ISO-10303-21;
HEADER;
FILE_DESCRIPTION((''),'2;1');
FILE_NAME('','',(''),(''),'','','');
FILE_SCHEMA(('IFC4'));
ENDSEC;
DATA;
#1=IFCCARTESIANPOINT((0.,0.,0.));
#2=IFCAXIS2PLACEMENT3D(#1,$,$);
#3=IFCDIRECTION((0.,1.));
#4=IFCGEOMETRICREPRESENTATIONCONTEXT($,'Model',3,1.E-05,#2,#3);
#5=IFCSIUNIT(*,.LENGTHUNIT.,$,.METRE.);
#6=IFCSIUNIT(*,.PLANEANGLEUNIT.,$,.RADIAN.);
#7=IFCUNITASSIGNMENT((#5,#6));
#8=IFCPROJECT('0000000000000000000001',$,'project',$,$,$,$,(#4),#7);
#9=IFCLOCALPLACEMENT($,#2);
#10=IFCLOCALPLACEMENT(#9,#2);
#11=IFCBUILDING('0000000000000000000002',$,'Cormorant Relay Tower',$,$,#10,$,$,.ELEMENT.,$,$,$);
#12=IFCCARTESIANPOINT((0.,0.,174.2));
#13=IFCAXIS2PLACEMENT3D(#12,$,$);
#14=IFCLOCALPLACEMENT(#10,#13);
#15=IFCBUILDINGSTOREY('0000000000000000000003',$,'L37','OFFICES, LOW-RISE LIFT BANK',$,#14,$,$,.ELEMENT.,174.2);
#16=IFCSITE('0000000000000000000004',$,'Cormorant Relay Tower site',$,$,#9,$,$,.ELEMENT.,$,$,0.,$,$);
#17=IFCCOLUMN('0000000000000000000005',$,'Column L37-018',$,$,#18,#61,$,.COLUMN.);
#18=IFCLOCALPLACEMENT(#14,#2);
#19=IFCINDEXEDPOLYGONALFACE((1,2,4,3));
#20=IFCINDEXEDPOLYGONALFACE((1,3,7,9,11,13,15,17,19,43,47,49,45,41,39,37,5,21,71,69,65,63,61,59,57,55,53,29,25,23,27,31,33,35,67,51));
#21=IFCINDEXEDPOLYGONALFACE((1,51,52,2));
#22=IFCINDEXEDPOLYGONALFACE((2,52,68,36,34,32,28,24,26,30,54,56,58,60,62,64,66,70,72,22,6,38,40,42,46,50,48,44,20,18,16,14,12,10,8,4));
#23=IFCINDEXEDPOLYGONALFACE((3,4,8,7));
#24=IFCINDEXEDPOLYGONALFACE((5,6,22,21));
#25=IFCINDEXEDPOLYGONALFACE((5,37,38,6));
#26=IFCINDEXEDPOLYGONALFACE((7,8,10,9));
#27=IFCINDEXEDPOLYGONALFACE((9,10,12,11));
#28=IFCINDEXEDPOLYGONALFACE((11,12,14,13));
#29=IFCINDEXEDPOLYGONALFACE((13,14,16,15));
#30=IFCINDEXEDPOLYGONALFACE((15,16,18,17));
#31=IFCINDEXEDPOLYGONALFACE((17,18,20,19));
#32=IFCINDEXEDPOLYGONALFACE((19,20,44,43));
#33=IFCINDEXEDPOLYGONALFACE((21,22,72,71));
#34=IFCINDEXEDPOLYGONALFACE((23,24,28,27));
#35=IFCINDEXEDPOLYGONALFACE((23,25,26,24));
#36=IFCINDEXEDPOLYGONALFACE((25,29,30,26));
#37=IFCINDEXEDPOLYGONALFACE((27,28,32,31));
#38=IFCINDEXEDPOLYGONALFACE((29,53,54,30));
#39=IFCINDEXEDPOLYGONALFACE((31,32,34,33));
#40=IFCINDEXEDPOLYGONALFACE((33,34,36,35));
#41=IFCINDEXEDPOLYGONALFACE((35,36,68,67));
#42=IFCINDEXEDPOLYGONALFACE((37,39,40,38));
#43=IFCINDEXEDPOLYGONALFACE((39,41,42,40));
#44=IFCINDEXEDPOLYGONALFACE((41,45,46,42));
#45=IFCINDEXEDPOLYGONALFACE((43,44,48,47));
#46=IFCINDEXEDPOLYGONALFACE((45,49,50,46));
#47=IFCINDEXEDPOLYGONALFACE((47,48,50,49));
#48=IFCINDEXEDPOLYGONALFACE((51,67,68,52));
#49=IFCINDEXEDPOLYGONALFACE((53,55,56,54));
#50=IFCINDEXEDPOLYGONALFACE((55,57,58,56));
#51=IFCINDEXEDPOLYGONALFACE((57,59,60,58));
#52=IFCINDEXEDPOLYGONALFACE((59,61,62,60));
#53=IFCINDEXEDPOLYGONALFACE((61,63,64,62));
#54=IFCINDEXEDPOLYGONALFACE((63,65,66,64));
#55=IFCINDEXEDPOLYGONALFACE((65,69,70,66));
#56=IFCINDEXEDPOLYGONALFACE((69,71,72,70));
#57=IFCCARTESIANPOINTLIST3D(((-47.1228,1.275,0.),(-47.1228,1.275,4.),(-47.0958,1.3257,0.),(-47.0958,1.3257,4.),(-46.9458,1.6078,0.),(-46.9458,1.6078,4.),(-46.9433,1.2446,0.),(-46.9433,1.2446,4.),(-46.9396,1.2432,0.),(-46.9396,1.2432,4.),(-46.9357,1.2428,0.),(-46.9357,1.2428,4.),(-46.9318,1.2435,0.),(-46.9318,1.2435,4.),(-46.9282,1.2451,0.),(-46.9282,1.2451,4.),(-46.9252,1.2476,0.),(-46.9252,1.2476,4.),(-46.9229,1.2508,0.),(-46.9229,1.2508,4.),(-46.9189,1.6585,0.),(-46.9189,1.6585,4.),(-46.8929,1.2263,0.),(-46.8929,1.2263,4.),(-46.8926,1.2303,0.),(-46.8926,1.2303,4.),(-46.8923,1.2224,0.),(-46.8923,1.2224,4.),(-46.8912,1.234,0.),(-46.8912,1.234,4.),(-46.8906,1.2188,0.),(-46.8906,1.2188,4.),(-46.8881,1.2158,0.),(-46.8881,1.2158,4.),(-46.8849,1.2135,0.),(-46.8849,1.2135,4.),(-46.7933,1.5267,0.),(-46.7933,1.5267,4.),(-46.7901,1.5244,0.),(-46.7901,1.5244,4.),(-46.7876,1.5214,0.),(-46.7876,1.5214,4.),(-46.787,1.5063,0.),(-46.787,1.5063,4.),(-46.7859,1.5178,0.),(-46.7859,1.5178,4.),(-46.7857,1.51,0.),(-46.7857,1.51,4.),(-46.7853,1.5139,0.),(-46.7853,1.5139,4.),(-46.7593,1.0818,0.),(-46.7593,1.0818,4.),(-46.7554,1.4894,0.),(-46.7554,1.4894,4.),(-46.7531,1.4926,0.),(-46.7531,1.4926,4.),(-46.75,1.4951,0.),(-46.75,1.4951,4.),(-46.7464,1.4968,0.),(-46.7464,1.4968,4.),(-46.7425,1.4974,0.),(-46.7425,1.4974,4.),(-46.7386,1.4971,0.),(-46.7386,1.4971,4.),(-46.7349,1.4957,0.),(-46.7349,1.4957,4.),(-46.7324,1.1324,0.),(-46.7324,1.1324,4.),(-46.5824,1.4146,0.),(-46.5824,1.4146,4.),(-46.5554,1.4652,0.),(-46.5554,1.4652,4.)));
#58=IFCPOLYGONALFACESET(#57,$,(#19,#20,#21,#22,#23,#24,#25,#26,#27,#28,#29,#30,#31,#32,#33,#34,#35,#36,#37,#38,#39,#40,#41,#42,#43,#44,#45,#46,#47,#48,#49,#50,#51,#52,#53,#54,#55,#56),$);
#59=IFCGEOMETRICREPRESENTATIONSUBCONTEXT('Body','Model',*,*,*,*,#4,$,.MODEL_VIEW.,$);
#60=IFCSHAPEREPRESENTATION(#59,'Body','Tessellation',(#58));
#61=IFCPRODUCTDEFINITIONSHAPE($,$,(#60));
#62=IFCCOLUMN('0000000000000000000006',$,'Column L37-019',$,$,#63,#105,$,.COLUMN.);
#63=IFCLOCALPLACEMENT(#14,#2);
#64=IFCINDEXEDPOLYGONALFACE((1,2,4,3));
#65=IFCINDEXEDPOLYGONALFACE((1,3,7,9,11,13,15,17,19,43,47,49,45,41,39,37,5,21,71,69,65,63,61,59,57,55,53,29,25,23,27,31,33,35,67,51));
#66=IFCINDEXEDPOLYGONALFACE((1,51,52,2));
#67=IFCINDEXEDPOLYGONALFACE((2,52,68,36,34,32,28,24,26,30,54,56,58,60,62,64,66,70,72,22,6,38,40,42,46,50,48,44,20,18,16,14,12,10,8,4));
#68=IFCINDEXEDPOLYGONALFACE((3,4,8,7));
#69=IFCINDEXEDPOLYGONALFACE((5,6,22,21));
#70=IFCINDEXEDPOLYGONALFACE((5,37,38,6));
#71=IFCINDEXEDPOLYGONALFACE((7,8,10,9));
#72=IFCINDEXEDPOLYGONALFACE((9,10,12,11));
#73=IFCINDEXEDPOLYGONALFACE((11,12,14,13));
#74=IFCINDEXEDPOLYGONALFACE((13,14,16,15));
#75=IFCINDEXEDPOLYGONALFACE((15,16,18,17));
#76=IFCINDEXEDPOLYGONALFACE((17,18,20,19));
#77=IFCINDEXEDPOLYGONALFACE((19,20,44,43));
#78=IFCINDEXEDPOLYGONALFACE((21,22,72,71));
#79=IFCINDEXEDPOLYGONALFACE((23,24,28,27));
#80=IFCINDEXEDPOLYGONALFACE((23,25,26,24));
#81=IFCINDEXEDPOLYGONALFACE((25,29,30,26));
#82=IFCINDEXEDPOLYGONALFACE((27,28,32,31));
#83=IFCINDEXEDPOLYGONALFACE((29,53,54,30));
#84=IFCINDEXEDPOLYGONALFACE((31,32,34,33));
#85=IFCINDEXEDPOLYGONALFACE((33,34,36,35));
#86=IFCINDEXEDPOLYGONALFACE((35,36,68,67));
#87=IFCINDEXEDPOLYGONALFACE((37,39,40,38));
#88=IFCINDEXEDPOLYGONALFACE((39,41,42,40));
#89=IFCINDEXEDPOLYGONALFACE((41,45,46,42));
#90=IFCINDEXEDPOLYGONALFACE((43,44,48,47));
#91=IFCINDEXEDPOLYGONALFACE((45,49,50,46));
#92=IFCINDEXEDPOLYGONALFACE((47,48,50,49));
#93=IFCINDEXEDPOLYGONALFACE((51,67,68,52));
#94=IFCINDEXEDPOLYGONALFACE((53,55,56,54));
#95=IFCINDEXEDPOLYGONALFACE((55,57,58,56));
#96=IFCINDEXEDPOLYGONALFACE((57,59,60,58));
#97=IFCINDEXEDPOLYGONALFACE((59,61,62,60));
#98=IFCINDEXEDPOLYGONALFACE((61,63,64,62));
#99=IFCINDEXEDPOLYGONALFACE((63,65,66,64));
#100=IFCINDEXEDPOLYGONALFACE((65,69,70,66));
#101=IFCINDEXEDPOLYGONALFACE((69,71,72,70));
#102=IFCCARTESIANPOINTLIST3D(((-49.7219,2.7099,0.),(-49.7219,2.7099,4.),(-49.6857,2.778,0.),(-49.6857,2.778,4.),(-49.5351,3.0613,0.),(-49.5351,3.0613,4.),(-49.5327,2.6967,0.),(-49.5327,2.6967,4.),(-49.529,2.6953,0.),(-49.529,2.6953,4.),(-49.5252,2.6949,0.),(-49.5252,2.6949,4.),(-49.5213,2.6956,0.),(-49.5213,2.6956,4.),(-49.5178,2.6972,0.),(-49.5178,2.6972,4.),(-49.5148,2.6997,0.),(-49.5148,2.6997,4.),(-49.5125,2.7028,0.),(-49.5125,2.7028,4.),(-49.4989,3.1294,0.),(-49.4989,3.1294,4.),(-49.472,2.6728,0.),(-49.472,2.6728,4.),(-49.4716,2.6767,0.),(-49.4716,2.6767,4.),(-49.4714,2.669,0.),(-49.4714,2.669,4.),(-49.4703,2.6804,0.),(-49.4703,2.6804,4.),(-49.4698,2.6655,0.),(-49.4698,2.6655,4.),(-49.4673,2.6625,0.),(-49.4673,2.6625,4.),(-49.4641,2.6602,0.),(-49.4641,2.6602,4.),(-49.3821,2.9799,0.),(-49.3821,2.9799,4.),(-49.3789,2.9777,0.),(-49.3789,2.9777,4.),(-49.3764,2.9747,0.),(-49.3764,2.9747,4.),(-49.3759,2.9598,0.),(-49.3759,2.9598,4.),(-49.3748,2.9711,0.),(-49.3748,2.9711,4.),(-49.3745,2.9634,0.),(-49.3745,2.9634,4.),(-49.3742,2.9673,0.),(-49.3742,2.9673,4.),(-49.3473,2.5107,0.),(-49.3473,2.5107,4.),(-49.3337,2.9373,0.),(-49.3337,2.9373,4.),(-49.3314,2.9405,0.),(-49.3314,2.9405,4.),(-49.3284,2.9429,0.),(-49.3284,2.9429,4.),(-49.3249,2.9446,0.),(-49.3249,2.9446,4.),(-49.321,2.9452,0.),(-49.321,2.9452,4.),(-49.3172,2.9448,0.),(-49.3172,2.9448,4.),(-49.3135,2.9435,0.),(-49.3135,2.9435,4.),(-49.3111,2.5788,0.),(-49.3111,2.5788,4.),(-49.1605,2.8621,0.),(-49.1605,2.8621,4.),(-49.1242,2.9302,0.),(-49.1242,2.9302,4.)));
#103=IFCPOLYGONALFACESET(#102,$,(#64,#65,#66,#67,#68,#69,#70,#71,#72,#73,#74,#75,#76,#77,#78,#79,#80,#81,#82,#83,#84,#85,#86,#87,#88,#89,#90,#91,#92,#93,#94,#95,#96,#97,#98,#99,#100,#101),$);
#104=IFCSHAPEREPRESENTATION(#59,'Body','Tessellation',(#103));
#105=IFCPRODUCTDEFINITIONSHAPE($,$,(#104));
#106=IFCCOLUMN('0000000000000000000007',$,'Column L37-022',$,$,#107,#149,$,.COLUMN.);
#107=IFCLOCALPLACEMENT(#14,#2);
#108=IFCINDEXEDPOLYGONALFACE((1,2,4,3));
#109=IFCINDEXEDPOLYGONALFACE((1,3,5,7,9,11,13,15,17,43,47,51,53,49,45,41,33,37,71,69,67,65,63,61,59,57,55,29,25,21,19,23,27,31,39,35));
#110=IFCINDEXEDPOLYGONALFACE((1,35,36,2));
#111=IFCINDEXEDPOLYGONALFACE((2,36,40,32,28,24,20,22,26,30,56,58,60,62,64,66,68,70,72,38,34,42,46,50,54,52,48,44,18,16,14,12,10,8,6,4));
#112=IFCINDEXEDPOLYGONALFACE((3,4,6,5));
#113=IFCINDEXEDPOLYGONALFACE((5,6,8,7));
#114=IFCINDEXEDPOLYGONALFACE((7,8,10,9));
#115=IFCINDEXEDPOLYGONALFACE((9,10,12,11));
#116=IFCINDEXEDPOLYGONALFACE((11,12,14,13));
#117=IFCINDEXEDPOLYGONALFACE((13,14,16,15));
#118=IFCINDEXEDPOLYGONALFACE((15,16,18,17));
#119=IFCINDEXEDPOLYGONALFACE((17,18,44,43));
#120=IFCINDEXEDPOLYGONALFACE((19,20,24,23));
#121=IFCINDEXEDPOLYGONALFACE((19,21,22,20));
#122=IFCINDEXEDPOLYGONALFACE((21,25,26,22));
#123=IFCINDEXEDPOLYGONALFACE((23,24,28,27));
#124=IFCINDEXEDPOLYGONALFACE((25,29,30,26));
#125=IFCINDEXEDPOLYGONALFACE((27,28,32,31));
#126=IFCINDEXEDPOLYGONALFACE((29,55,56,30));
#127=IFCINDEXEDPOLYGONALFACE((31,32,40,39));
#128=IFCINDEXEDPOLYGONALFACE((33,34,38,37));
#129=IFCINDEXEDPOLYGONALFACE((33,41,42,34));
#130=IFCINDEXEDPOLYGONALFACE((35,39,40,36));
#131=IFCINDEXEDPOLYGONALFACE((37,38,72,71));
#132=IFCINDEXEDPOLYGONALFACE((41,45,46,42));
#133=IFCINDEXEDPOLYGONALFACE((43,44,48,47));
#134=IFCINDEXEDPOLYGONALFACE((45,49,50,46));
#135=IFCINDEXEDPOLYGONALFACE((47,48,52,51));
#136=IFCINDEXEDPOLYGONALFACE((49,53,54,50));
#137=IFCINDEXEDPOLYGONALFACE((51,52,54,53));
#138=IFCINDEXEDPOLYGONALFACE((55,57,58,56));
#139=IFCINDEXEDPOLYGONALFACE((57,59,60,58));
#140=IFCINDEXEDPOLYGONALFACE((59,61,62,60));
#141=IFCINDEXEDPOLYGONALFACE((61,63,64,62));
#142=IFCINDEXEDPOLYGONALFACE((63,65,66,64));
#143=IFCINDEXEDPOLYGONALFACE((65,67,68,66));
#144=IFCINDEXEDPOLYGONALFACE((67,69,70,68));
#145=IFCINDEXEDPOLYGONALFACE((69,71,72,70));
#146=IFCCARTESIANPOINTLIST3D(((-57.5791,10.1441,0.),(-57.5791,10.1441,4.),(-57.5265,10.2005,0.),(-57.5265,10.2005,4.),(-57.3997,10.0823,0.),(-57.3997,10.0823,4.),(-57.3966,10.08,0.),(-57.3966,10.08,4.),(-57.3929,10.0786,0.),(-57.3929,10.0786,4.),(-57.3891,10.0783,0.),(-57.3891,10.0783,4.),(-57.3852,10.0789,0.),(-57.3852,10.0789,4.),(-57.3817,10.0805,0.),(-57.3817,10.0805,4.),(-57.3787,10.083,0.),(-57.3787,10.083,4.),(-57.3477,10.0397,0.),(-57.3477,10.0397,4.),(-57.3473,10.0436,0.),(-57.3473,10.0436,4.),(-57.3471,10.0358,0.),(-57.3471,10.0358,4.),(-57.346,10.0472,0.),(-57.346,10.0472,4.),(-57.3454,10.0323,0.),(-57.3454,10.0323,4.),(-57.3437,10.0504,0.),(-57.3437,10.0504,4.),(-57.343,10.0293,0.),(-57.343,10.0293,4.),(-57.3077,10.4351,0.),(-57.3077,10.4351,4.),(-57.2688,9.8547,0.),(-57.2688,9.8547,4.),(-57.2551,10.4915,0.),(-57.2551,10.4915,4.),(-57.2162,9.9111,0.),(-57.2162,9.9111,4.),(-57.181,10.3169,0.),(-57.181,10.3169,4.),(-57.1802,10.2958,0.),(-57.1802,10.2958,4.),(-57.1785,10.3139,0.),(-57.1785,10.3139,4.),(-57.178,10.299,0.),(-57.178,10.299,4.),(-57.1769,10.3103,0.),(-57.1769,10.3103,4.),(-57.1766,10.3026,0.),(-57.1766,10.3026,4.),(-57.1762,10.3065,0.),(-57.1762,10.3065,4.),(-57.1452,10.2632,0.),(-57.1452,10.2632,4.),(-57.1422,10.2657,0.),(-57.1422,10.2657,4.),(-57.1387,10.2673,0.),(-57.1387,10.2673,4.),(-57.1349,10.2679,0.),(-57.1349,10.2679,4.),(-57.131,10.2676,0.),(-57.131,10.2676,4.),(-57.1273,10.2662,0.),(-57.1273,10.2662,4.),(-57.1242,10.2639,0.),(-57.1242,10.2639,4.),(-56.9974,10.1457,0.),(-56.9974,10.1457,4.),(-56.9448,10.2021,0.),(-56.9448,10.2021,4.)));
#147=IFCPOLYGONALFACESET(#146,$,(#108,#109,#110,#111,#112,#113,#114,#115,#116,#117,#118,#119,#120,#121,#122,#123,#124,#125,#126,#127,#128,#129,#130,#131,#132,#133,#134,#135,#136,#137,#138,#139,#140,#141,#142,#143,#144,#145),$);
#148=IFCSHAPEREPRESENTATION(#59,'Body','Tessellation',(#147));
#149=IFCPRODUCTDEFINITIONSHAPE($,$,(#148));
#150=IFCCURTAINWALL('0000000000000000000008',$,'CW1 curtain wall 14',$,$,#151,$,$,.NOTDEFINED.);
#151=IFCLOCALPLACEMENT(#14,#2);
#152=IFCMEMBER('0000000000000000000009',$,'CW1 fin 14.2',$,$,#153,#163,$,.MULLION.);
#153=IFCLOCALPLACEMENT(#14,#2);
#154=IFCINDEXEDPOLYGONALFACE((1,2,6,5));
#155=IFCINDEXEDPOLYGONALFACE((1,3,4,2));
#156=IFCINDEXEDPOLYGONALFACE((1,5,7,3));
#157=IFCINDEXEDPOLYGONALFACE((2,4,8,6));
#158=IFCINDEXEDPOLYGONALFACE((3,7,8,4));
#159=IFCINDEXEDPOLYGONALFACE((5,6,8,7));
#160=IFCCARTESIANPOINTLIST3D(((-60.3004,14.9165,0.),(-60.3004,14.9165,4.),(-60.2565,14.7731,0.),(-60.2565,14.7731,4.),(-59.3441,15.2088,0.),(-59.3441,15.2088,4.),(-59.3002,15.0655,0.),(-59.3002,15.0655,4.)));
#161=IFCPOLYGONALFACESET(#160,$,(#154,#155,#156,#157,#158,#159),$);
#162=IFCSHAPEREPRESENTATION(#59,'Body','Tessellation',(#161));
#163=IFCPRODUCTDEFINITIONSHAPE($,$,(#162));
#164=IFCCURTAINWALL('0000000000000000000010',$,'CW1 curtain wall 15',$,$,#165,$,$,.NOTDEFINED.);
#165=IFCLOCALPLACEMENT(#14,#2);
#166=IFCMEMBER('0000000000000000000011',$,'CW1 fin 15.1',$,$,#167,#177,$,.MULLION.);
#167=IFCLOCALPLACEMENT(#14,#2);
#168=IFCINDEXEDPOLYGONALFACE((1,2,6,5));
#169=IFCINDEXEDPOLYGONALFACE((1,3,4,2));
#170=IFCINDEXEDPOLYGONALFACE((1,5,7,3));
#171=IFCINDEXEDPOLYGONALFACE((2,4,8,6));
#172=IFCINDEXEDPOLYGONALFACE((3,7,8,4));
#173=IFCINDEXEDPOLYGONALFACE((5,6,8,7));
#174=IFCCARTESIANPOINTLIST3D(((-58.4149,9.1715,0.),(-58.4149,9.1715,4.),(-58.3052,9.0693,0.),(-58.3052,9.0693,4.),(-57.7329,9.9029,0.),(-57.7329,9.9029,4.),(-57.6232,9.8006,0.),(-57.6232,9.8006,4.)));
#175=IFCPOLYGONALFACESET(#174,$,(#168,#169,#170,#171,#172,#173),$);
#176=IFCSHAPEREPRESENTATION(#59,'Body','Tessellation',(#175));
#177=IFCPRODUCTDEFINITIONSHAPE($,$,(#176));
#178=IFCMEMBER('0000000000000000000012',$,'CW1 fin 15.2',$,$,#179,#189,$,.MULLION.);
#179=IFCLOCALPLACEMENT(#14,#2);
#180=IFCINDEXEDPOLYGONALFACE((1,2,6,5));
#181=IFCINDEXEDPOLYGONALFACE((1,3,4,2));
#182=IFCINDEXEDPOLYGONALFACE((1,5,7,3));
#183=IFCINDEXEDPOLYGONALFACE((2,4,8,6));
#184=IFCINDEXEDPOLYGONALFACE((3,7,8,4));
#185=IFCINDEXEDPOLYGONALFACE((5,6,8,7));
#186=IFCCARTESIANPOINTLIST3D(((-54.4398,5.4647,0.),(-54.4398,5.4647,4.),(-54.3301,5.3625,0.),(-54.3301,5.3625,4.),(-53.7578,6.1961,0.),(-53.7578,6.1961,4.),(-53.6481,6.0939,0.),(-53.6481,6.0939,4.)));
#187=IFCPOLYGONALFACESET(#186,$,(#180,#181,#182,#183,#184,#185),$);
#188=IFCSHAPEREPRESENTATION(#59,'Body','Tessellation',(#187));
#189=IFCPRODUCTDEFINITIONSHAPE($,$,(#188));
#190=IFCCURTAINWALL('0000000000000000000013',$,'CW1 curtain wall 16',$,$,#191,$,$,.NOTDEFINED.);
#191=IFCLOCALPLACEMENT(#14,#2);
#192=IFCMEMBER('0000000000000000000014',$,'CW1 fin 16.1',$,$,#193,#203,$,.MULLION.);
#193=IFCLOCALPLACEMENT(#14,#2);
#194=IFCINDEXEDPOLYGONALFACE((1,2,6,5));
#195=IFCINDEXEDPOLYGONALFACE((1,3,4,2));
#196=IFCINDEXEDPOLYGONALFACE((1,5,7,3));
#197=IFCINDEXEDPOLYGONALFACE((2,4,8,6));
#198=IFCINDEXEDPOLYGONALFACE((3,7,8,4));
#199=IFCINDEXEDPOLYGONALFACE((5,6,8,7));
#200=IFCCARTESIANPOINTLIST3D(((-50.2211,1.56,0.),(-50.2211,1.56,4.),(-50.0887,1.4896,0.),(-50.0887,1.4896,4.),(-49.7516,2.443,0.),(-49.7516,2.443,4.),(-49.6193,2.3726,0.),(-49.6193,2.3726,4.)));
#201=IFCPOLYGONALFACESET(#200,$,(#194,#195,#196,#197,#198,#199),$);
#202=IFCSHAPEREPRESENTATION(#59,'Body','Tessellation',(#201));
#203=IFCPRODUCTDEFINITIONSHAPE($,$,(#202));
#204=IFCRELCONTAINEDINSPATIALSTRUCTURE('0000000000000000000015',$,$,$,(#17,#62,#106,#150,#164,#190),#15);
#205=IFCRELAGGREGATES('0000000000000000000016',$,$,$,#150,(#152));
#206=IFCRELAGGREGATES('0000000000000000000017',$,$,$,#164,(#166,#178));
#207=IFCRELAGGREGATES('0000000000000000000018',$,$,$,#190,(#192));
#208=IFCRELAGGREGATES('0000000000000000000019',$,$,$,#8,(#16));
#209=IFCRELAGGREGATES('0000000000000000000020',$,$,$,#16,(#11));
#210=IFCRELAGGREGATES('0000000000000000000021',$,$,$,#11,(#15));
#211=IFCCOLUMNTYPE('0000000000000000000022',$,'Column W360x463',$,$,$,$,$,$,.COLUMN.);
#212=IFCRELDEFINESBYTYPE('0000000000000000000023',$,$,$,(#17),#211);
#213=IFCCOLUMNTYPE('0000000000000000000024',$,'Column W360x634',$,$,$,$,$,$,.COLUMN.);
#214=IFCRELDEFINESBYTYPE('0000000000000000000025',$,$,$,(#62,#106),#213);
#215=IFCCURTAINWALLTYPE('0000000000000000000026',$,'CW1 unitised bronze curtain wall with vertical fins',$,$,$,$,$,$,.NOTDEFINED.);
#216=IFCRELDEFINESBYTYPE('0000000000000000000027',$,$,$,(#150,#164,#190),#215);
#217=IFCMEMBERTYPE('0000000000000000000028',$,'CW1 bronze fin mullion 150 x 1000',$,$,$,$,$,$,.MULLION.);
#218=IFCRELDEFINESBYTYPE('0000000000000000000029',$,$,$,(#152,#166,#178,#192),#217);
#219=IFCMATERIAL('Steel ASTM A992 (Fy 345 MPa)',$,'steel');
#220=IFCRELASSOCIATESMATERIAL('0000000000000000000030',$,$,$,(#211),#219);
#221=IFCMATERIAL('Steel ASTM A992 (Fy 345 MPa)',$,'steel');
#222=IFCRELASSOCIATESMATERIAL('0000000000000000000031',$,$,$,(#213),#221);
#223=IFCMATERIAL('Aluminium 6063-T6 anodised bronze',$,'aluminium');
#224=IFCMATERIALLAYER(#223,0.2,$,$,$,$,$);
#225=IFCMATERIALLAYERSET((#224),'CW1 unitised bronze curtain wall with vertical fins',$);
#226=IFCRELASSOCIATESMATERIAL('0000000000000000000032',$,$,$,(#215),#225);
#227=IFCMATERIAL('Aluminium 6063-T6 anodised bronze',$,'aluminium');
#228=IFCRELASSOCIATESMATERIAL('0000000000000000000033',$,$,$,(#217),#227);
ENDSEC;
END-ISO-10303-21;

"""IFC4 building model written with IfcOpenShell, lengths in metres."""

from ifc_helpers import new_model, si_unit, direction, frame, origin, origin_2d, place, context, subcontext, project, spatial, rectangle, i_section, extrude, material, layer, layer_set, material_profile, profile_set, type_object, element, aggregate, save


model = new_model("IFC4")

# Units and contexts
model_context = context("Model", 3, precision=1e-05, world=origin(), true_north=direction((0.0, 1.0)))
body_context = subcontext(model_context, "Body", "Model", "MODEL_VIEW")
ifc_project = project(units=[si_unit("LENGTHUNIT", "METRE"), si_unit("PLANEANGLEUNIT", "RADIAN")], contexts=[model_context])

# Site, building, storey
site_placement = place(None, origin())
site = spatial("IfcSite", under=ifc_project, at=site_placement, Name="Cormorant Relay Tower site", CompositionType="ELEMENT", RefElevation=0.0)
building_placement = place(site_placement, origin())
building = spatial("IfcBuilding", under=site, at=building_placement, Name="Cormorant Relay Tower", CompositionType="ELEMENT")
storey_placement = place(building_placement, frame((0.0, 0.0, 174.2)))
storey = spatial("IfcBuildingStorey", under=building, at=storey_placement, Name="L37", Description="OFFICES, LOW-RISE LIFT BANK", CompositionType="ELEMENT", Elevation=174.2)

# Columns
ifc_material_1 = material(Name="Steel ASTM A992 (Fy 345 MPa)", Category="steel")
ifc_material_profile_1 = material_profile(ifc_material_1, i_section(OverallWidth=0.4116, OverallDepth=0.4343, WebThickness=0.0359, FlangeThickness=0.0574, FilletRadius=0.0151, at=origin_2d()), Name="W360x463")
ifc_profile_set_1 = profile_set([ifc_material_profile_1], Name="Steel ASTM A992 (Fy 345 MPa)")
column_type_1 = type_object("IfcColumnType", Name="Column W360x463", PredefinedType="COLUMN", material=ifc_profile_set_1)
column_placement = place(storey_placement, frame((-46.8391, 1.3701, 0.0), z_axis=(0.0, 0.0, 1.0), x_axis=(0.882948, -0.469472, 0.0)))
element("IfcColumn", 1, at=column_placement, inside=storey, type_object=column_type_1, Name="Column L37-018", PredefinedType="COLUMN", context=body_context, shape_type="SweptSolid", body=[
    extrude(i_section(OverallWidth=0.4116, OverallDepth=0.4343, WebThickness=0.0359, FlangeThickness=0.0574, FilletRadius=0.0151, at=origin_2d()), origin(), (0.0, 0.0, 1.0), 4.0),
])
ifc_material_2 = material(Name="Steel ASTM A992 (Fy 345 MPa)", Category="steel")
ifc_material_profile_2 = material_profile(ifc_material_2, i_section(OverallWidth=0.4243, OverallDepth=0.4751, WebThickness=0.0479, FlangeThickness=0.0771, FilletRadius=0.0149, at=origin_2d()), Name="W360x634")
ifc_profile_set_2 = profile_set([ifc_material_profile_2], Name="Steel ASTM A992 (Fy 345 MPa)")
column_type_2 = type_object("IfcColumnType", Name="Column W360x634", PredefinedType="COLUMN", material=ifc_profile_set_2)
for number, where, z_axis, x_axis, name in (
    (2, (-49.4231, 2.8201, 0.0), (0.0, 0.0, 1.0), (0.882948, -0.469472, 0.0), "Column L37-019"),
    (3, (-57.262, 10.1731, 0.0), (0.0, 0.0, 1.0), (0.731354, -0.681998, 0.0), "Column L37-022"),
):
    element("IfcColumn", number, at=place(storey_placement, frame(where, z_axis=z_axis, x_axis=x_axis)), inside=storey, type_object=column_type_2, Name=name, PredefinedType="COLUMN", context=body_context, shape_type="SweptSolid", body=[
        extrude(i_section(OverallWidth=0.4243, OverallDepth=0.4751, WebThickness=0.0479, FlangeThickness=0.0771, FilletRadius=0.0149, at=origin_2d()), origin(), (0.0, 0.0, 1.0), 4.0),
    ])

# Curtain wall, member
ifc_material_3 = material(Name="Aluminium 6063-T6 anodised bronze", Category="aluminium")
ifc_layer_1 = layer(ifc_material_3, 0.2)
ifc_layer_set_1 = layer_set([ifc_layer_1], Name="CW1 unitised bronze curtain wall with vertical fins")
curtain_wall_type = type_object("IfcCurtainWallType", Name="CW1 unitised bronze curtain wall with vertical fins", PredefinedType="NOTDEFINED", material=ifc_layer_set_1)
curtain_wall_1_placement = place(storey_placement, origin())
curtain_wall_1 = element("IfcCurtainWall", 4, at=curtain_wall_1_placement, inside=storey, type_object=curtain_wall_type, Name="CW1 curtain wall 14", PredefinedType="NOTDEFINED")
ifc_material_4 = material(Name="Aluminium 6063-T6 anodised bronze", Category="aluminium")
ifc_material_profile_3 = material_profile(ifc_material_4, rectangle(XDim=0.1499, YDim=1.0, at=origin_2d()), Name="AL 150x1000")
ifc_profile_set_3 = profile_set([ifc_material_profile_3], Name="Aluminium 6063-T6 anodised bronze")
member_type_1 = type_object("IfcMemberType", Name="CW1 bronze fin mullion 150 x 1000", PredefinedType="MULLION", material=ifc_profile_set_3)
member_1_placement = place(storey_placement, frame((-59.8003, 14.991, 0.0), z_axis=(0.0, 0.0, 1.0), x_axis=(0.292372, -0.956305, 0.0)))
member_1 = element("IfcMember", 5, at=member_1_placement, type_object=member_type_1, Name="CW1 fin 14.2", PredefinedType="MULLION", context=body_context, shape_type="SweptSolid", body=[
    extrude(rectangle(XDim=0.1499, YDim=1.0, at=origin_2d()), origin(), (0.0, 0.0, 1.0), 4.0),
])

# Curtain wall, members
curtain_wall_2_placement = place(storey_placement, origin())
curtain_wall_2 = element("IfcCurtainWall", 6, at=curtain_wall_2_placement, inside=storey, type_object=curtain_wall_type, Name="CW1 curtain wall 15", PredefinedType="NOTDEFINED")
member_2_placement = place(storey_placement, frame((-58.019, 9.4861, 0.0), z_axis=(0.0, 0.0, 1.0), x_axis=(0.731354, -0.681998, 0.0)))
member_2 = element("IfcMember", 7, at=member_2_placement, type_object=member_type_1, Name="CW1 fin 15.1", PredefinedType="MULLION", context=body_context, shape_type="SweptSolid", body=[
    extrude(rectangle(XDim=0.1499, YDim=1.0, at=origin_2d()), origin(), (0.0, 0.0, 1.0), 4.0),
])
member_3_placement = place(storey_placement, frame((-54.0439, 5.7793, 0.0), z_axis=(0.0, 0.0, 1.0), x_axis=(0.731354, -0.681998, 0.0)))
member_3 = element("IfcMember", 8, at=member_3_placement, type_object=member_type_1, Name="CW1 fin 15.2", PredefinedType="MULLION", context=body_context, shape_type="SweptSolid", body=[
    extrude(rectangle(XDim=0.1499, YDim=1.0, at=origin_2d()), origin(), (0.0, 0.0, 1.0), 4.0),
])

# Curtain wall, member
curtain_wall_3_placement = place(storey_placement, origin())
curtain_wall_3 = element("IfcCurtainWall", 9, at=curtain_wall_3_placement, inside=storey, type_object=curtain_wall_type, Name="CW1 curtain wall 16", PredefinedType="NOTDEFINED")
member_4_placement = place(storey_placement, frame((-49.9202, 1.9663, 0.0), z_axis=(0.0, 0.0, 1.0), x_axis=(0.882948, -0.469472, 0.0)))
member_4 = element("IfcMember", 10, at=member_4_placement, type_object=member_type_1, Name="CW1 fin 16.1", PredefinedType="MULLION", context=body_context, shape_type="SweptSolid", body=[
    extrude(rectangle(XDim=0.1499, YDim=1.0, at=origin_2d()), origin(), (0.0, 0.0, 1.0), 4.0),
])

aggregate(curtain_wall_1, [member_1])

aggregate(curtain_wall_2, [member_2, member_3])
aggregate(curtain_wall_3, [member_4])

save(model, "model.ifc")
